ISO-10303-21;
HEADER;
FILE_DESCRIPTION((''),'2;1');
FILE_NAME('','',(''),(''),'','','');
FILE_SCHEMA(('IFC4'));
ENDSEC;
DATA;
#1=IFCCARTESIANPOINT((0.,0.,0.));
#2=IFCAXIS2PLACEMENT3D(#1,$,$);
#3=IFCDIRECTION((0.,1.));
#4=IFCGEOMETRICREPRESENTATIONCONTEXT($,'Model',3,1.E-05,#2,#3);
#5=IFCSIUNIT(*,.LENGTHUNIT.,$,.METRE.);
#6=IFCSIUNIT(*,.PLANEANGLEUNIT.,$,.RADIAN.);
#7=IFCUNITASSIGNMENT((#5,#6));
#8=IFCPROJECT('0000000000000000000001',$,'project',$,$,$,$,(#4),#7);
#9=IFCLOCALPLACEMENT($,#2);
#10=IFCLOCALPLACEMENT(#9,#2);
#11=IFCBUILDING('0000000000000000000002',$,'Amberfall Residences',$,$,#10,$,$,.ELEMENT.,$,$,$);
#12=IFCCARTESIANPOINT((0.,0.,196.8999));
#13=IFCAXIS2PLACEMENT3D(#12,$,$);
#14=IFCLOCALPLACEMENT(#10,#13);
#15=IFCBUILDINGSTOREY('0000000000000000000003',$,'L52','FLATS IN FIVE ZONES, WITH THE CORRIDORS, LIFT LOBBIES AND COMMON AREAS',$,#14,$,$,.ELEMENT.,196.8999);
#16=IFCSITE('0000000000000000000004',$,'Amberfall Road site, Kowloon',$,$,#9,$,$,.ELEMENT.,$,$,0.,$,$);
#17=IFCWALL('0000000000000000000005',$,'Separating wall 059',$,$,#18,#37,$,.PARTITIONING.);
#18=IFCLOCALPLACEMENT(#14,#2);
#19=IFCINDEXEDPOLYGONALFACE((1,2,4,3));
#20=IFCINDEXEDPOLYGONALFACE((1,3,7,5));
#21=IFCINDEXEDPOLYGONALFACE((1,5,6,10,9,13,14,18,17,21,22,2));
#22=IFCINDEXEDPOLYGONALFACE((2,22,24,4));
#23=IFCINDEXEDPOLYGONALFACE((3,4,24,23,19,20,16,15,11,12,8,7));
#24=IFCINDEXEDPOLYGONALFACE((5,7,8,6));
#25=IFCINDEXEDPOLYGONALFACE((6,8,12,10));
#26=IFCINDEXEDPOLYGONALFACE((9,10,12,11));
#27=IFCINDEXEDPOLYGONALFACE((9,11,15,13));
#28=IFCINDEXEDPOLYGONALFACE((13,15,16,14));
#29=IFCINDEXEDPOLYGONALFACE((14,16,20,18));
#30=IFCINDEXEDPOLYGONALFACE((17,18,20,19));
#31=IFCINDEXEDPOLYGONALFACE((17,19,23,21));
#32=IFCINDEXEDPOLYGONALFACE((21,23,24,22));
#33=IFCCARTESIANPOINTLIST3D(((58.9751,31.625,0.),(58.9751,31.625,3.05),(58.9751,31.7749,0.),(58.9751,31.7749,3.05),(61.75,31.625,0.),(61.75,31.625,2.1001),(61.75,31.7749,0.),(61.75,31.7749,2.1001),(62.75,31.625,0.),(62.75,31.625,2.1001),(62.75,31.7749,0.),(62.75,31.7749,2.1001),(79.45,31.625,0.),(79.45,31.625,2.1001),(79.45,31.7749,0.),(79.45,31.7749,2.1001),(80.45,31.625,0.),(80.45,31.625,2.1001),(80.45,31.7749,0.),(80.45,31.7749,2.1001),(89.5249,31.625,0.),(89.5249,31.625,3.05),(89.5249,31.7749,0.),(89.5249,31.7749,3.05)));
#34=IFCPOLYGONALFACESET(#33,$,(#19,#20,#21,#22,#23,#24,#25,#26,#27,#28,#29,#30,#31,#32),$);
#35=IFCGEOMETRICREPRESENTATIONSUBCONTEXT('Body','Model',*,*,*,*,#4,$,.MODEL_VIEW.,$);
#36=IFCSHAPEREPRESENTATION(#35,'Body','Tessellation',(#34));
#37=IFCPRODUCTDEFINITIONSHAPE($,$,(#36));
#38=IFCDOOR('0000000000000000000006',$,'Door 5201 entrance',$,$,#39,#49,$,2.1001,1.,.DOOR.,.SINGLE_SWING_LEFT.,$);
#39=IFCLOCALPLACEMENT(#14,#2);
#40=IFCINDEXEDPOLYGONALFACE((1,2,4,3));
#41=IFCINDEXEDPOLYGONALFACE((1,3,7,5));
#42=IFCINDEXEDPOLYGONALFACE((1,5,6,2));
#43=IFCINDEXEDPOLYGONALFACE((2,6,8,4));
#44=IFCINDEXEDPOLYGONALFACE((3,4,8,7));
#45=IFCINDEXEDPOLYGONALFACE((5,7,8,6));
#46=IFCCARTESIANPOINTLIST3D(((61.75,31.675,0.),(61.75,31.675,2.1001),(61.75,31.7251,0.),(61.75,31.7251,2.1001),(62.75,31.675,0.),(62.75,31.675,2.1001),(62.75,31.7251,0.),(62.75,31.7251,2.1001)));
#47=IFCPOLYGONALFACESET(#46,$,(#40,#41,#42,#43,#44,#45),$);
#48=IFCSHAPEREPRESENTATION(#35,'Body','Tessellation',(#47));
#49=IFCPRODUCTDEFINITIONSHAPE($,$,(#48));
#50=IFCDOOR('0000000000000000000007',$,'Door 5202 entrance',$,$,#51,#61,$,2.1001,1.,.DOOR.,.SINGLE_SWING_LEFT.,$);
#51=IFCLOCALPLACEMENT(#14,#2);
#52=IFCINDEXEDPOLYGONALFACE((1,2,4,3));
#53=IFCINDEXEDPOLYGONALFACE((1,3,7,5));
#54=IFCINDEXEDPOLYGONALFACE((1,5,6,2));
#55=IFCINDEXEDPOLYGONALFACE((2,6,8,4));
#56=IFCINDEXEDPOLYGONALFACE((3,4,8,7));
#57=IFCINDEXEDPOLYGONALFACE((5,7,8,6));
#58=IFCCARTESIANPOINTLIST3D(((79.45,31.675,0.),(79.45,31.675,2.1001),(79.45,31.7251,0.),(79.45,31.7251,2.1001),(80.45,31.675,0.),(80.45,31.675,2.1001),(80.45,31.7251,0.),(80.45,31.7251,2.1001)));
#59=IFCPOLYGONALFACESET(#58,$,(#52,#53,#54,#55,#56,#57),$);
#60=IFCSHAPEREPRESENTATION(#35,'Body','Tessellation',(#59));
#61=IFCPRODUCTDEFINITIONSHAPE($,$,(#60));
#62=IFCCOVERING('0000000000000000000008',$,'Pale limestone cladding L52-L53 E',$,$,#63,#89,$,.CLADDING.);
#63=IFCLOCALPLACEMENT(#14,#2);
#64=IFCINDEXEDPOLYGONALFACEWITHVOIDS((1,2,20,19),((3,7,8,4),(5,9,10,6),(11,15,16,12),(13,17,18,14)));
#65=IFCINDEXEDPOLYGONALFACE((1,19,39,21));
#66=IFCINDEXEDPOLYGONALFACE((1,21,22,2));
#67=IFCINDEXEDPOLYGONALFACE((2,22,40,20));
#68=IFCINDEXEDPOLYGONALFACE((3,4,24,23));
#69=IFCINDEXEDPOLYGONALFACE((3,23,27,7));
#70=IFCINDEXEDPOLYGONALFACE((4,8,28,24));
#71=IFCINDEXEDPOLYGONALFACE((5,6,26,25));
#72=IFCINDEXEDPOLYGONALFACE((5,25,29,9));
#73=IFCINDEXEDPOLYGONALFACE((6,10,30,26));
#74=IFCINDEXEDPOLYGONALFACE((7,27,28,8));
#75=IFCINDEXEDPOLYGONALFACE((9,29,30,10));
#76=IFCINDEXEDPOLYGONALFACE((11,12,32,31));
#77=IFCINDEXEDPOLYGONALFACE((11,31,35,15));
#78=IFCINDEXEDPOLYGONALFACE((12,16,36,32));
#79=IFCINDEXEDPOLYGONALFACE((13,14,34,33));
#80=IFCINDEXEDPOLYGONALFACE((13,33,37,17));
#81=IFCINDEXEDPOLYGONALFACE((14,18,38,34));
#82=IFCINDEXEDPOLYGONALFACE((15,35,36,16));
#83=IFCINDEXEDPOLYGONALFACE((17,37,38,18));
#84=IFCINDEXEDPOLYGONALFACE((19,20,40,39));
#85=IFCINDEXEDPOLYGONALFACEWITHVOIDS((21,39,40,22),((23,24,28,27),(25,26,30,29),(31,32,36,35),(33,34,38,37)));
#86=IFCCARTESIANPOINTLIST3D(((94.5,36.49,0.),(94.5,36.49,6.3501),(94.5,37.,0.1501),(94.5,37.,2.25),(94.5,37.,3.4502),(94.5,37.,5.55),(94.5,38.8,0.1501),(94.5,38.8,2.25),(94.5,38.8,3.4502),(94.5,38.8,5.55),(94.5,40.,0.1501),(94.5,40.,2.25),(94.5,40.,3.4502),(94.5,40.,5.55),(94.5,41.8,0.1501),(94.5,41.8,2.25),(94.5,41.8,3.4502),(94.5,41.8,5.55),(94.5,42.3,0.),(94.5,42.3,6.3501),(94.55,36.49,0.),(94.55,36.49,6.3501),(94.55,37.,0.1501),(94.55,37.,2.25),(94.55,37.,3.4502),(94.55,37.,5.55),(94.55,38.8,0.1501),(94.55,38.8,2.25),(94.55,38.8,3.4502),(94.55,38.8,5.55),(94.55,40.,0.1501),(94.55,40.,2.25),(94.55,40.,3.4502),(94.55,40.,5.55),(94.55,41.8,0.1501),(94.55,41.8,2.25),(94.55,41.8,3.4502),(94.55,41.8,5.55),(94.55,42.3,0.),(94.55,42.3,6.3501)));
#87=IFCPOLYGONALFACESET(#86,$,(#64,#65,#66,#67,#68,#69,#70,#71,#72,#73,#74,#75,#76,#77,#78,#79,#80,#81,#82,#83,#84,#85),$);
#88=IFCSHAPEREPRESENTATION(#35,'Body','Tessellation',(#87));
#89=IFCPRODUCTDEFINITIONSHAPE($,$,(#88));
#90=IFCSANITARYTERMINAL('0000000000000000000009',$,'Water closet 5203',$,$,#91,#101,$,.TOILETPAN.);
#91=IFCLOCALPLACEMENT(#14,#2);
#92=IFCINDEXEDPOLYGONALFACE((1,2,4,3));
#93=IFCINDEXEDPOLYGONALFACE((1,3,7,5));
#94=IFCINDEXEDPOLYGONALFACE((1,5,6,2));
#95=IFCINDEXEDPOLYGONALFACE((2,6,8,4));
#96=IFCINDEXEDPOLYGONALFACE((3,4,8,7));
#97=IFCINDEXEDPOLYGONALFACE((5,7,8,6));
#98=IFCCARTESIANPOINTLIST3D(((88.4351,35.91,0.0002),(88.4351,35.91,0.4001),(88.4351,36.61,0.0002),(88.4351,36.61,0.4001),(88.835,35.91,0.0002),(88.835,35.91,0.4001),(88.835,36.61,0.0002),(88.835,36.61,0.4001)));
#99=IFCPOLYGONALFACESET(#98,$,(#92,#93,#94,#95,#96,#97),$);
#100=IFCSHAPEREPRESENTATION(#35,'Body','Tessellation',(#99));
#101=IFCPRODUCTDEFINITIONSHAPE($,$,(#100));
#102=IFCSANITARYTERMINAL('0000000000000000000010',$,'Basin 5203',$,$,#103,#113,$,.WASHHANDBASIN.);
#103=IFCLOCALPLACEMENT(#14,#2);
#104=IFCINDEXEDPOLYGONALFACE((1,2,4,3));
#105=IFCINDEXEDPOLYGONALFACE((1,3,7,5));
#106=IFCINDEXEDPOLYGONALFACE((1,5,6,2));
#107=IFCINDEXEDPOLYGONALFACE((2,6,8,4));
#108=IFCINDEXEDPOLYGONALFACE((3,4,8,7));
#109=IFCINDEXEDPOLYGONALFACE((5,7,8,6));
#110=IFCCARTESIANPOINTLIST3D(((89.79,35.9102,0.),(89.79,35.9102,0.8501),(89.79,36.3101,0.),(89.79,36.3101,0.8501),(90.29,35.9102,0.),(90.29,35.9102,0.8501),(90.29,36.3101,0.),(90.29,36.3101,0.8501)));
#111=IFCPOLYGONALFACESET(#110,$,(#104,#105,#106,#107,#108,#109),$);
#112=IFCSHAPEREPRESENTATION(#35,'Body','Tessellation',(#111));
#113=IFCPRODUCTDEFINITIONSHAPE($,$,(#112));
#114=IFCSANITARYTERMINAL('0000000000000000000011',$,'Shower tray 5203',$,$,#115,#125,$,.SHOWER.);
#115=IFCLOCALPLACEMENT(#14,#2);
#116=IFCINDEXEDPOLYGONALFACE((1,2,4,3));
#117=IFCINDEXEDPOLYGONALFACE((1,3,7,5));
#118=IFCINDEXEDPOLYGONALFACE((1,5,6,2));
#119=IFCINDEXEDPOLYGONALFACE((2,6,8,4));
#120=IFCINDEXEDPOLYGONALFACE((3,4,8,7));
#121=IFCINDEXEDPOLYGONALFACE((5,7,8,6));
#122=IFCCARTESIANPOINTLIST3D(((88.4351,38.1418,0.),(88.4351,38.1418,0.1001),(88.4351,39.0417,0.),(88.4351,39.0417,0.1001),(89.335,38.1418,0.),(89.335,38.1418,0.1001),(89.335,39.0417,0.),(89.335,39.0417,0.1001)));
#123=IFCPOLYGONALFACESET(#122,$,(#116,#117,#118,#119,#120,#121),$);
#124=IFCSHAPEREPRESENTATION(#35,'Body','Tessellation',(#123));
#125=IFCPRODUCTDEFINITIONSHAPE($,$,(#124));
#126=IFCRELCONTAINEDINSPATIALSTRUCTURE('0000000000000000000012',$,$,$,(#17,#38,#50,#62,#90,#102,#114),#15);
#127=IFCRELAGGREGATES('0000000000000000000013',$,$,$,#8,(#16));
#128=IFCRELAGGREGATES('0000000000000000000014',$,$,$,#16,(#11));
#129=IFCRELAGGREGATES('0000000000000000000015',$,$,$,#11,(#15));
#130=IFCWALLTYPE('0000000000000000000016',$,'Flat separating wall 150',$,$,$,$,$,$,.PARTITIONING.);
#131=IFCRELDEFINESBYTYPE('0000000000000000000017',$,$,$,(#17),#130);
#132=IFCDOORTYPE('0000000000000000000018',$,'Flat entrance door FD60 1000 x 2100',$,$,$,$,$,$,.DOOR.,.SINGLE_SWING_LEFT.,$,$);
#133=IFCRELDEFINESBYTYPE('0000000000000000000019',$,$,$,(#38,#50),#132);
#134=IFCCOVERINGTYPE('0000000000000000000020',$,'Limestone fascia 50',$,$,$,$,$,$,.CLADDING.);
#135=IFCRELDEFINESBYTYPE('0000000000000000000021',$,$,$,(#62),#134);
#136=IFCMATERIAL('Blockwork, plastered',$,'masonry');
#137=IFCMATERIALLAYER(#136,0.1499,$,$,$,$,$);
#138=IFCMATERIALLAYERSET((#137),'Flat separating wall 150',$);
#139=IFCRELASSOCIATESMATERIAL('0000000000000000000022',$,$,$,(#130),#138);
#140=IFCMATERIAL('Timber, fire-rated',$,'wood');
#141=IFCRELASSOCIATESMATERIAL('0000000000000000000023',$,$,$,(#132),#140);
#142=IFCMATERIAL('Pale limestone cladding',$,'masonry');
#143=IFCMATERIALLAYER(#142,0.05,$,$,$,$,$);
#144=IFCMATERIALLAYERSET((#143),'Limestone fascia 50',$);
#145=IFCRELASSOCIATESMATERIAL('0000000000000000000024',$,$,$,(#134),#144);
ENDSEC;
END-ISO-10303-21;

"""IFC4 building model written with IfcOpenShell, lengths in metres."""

from ifc_helpers import new_model, si_unit, direction, frame, frame_2d, origin, origin_2d, place, context, subcontext, project, spatial, polyline, rectangle, outline, extrude, material, layer, layer_set, type_object, element, fill, save


model = new_model("IFC4")

# Units and contexts
model_context = context("Model", 3, precision=1e-05, world=origin(), true_north=direction((0.0, 1.0)))
body_context = subcontext(model_context, "Body", "Model", "MODEL_VIEW")
ifc_project = project(units=[si_unit("LENGTHUNIT", "METRE"), si_unit("PLANEANGLEUNIT", "RADIAN")], contexts=[model_context])

# Site, building, storey
site_placement = place(None, origin())
site = spatial("IfcSite", under=ifc_project, at=site_placement, Name="Amberfall Road site, Kowloon", CompositionType="ELEMENT", RefElevation=0.0)
building_placement = place(site_placement, origin())
building = spatial("IfcBuilding", under=site, at=building_placement, Name="Amberfall Residences", CompositionType="ELEMENT")
storey_placement = place(building_placement, frame((0.0, 0.0, 196.8999)))
storey = spatial("IfcBuildingStorey", under=building, at=storey_placement, Name="L52", Description="FLATS IN FIVE ZONES, WITH THE CORRIDORS, LIFT LOBBIES AND COMMON AREAS", CompositionType="ELEMENT", Elevation=196.8999)

# Wall, openings, doors
ifc_material_1 = material(Name="Blockwork, plastered", Category="masonry")
ifc_layer_1 = layer(ifc_material_1, 0.1499)
ifc_layer_set_1 = layer_set([ifc_layer_1], Name="Flat separating wall 150")
wall_type_1 = type_object("IfcWallType", Name="Flat separating wall 150", PredefinedType="PARTITIONING", material=ifc_layer_set_1)
wall_1_placement = place(storey_placement, frame((89.5249, 31.7, 0.0), z_axis=(0.0, 0.0, 1.0), x_axis=(-1.0, 0.0, 0.0)))
wall_1 = element("IfcWall", 1, at=wall_1_placement, inside=storey, type_object=wall_type_1, Name="Separating wall 059", PredefinedType="PARTITIONING", context=body_context, shape_type="SweptSolid", body=[
    extrude(rectangle(XDim=30.5498, YDim=0.1499, at=frame_2d((15.2749, 0.0))), origin(), (0.0, 0.0, 1.0), 3.05),
])
opening_1_placement = place(wall_1_placement, frame((26.7749, 0.0, 0.0)))
opening_1 = element("IfcOpeningElement", 2, at=opening_1_placement, cuts=wall_1, PredefinedType="OPENING", context=body_context, shape_type="SweptSolid", body=[
    extrude(rectangle(XDim=1.0, YDim=2.1001, at=frame_2d((0.5, 1.05))), frame((0.0, 0.085, 0.0), z_axis=(0.0, -1.0, 0.0), x_axis=(1.0, 0.0, 0.0)), (0.0, 0.0, 1.0), 0.1699),
])
opening_2_placement = place(wall_1_placement, frame((9.075, 0.0, 0.0)))
opening_2 = element("IfcOpeningElement", 3, at=opening_2_placement, cuts=wall_1, PredefinedType="OPENING", context=body_context, shape_type="SweptSolid", body=[
    extrude(rectangle(XDim=1.0, YDim=2.1001, at=frame_2d((0.5, 1.05))), frame((0.0, 0.085, 0.0), z_axis=(0.0, -1.0, 0.0), x_axis=(1.0, 0.0, 0.0)), (0.0, 0.0, 1.0), 0.1699),
])
ifc_material_2 = material(Name="Timber, fire-rated", Category="wood")
door_type_1 = type_object("IfcDoorType", Name="Flat entrance door FD60 1000 x 2100", OperationType="SINGLE_SWING_LEFT", PredefinedType="DOOR", material=ifc_material_2)
door_1_placement = place(opening_1_placement, origin())
door_1 = element("IfcDoor", 4, at=door_1_placement, inside=storey, type_object=door_type_1, Name="Door 5201 entrance", OperationType="SINGLE_SWING_LEFT", OverallHeight=2.1001, OverallWidth=1.0, PredefinedType="DOOR", context=body_context, shape_type="SweptSolid", body=[
    extrude(rectangle(XDim=1.0, YDim=2.1001, at=frame_2d((0.5, 1.05))), frame((0.0, 0.0249, 0.0), z_axis=(0.0, -1.0, 0.0), x_axis=(1.0, 0.0, 0.0)), (0.0, 0.0, 1.0), 0.05),
])
fill(opening_1, door_1)
door_2_placement = place(opening_2_placement, origin())
door_2 = element("IfcDoor", 5, at=door_2_placement, inside=storey, type_object=door_type_1, Name="Door 5202 entrance", OperationType="SINGLE_SWING_LEFT", OverallHeight=2.1001, OverallWidth=1.0, PredefinedType="DOOR", context=body_context, shape_type="SweptSolid", body=[
    extrude(rectangle(XDim=1.0, YDim=2.1001, at=frame_2d((0.5, 1.05))), frame((0.0, 0.0249, 0.0), z_axis=(0.0, -1.0, 0.0), x_axis=(1.0, 0.0, 0.0)), (0.0, 0.0, 1.0), 0.05),
])
fill(opening_2, door_2)

# Covering
ifc_material_3 = material(Name="Pale limestone cladding", Category="masonry")
ifc_layer_2 = layer(ifc_material_3, 0.05)
ifc_layer_set_2 = layer_set([ifc_layer_2], Name="Limestone fascia 50")
covering_type = type_object("IfcCoveringType", Name="Limestone fascia 50", PredefinedType="CLADDING", material=ifc_layer_set_2)
covering_placement = place(storey_placement, frame((94.5, 36.49, 6.3501), z_axis=(-1.0, 0.0, 0.0), x_axis=(0.0, 1.0, 0.0)))
element("IfcCovering", 6, at=covering_placement, inside=storey, type_object=covering_type, Name="Pale limestone cladding L52-L53 E", PredefinedType="CLADDING", context=body_context, shape_type="SweptSolid", body=[
    extrude(outline(polyline([(0.0, 0.0), (5.8101, 0.0), (5.8101, 6.3501), (0.0, 6.3501), (0.0, 0.0)]), holes=[polyline([(0.51, 4.1001), (2.3101, 4.1001), (2.3101, 6.2), (0.51, 6.2), (0.51, 4.1001)]), polyline([(3.51, 4.1001), (5.3101, 4.1001), (5.3101, 6.2), (3.51, 6.2), (3.51, 4.1001)]), polyline([(0.51, 0.8), (2.3101, 0.8), (2.3101, 2.8999), (0.51, 2.8999), (0.51, 0.8)]), polyline([(3.51, 0.8), (5.3101, 0.8), (5.3101, 2.8999), (3.51, 2.8999), (3.51, 0.8)])]), origin(), (0.0, 0.0, -1.0), 0.05),
])

# Sanitary terminals
sanitary_terminal_1_placement = place(storey_placement, frame((88.635, 36.26, 0.0002), z_axis=(0.0, 0.0, 1.0), x_axis=(1.0, 0.0, 0.0)))
element("IfcSanitaryTerminal", 7, at=sanitary_terminal_1_placement, inside=storey, Name="Water closet 5203", PredefinedType="TOILETPAN", context=body_context, shape_type="SweptSolid", body=[
    extrude(rectangle(XDim=0.3999, YDim=0.7, at=origin_2d()), origin(), (0.0, 0.0, 1.0), 0.3999),
])
sanitary_terminal_2_placement = place(storey_placement, frame((90.04, 36.1101, 0.0), z_axis=(0.0, 0.0, 1.0), x_axis=(1.0, 0.0, 0.0)))
element("IfcSanitaryTerminal", 8, at=sanitary_terminal_2_placement, inside=storey, Name="Basin 5203", PredefinedType="WASHHANDBASIN", context=body_context, shape_type="SweptSolid", body=[
    extrude(rectangle(XDim=0.5, YDim=0.3999, at=origin_2d()), origin(), (0.0, 0.0, 1.0), 0.8501),
])
sanitary_terminal_3_placement = place(storey_placement, frame((88.885, 38.5918, 0.0), z_axis=(0.0, 0.0, 1.0), x_axis=(1.0, 0.0, 0.0)))
element("IfcSanitaryTerminal", 9, at=sanitary_terminal_3_placement, inside=storey, Name="Shower tray 5203", PredefinedType="SHOWER", context=body_context, shape_type="SweptSolid", body=[
    extrude(rectangle(XDim=0.8999, YDim=0.8999, at=origin_2d()), origin(), (0.0, 0.0, 1.0), 0.1001),
])

save(model, "model.ifc")
